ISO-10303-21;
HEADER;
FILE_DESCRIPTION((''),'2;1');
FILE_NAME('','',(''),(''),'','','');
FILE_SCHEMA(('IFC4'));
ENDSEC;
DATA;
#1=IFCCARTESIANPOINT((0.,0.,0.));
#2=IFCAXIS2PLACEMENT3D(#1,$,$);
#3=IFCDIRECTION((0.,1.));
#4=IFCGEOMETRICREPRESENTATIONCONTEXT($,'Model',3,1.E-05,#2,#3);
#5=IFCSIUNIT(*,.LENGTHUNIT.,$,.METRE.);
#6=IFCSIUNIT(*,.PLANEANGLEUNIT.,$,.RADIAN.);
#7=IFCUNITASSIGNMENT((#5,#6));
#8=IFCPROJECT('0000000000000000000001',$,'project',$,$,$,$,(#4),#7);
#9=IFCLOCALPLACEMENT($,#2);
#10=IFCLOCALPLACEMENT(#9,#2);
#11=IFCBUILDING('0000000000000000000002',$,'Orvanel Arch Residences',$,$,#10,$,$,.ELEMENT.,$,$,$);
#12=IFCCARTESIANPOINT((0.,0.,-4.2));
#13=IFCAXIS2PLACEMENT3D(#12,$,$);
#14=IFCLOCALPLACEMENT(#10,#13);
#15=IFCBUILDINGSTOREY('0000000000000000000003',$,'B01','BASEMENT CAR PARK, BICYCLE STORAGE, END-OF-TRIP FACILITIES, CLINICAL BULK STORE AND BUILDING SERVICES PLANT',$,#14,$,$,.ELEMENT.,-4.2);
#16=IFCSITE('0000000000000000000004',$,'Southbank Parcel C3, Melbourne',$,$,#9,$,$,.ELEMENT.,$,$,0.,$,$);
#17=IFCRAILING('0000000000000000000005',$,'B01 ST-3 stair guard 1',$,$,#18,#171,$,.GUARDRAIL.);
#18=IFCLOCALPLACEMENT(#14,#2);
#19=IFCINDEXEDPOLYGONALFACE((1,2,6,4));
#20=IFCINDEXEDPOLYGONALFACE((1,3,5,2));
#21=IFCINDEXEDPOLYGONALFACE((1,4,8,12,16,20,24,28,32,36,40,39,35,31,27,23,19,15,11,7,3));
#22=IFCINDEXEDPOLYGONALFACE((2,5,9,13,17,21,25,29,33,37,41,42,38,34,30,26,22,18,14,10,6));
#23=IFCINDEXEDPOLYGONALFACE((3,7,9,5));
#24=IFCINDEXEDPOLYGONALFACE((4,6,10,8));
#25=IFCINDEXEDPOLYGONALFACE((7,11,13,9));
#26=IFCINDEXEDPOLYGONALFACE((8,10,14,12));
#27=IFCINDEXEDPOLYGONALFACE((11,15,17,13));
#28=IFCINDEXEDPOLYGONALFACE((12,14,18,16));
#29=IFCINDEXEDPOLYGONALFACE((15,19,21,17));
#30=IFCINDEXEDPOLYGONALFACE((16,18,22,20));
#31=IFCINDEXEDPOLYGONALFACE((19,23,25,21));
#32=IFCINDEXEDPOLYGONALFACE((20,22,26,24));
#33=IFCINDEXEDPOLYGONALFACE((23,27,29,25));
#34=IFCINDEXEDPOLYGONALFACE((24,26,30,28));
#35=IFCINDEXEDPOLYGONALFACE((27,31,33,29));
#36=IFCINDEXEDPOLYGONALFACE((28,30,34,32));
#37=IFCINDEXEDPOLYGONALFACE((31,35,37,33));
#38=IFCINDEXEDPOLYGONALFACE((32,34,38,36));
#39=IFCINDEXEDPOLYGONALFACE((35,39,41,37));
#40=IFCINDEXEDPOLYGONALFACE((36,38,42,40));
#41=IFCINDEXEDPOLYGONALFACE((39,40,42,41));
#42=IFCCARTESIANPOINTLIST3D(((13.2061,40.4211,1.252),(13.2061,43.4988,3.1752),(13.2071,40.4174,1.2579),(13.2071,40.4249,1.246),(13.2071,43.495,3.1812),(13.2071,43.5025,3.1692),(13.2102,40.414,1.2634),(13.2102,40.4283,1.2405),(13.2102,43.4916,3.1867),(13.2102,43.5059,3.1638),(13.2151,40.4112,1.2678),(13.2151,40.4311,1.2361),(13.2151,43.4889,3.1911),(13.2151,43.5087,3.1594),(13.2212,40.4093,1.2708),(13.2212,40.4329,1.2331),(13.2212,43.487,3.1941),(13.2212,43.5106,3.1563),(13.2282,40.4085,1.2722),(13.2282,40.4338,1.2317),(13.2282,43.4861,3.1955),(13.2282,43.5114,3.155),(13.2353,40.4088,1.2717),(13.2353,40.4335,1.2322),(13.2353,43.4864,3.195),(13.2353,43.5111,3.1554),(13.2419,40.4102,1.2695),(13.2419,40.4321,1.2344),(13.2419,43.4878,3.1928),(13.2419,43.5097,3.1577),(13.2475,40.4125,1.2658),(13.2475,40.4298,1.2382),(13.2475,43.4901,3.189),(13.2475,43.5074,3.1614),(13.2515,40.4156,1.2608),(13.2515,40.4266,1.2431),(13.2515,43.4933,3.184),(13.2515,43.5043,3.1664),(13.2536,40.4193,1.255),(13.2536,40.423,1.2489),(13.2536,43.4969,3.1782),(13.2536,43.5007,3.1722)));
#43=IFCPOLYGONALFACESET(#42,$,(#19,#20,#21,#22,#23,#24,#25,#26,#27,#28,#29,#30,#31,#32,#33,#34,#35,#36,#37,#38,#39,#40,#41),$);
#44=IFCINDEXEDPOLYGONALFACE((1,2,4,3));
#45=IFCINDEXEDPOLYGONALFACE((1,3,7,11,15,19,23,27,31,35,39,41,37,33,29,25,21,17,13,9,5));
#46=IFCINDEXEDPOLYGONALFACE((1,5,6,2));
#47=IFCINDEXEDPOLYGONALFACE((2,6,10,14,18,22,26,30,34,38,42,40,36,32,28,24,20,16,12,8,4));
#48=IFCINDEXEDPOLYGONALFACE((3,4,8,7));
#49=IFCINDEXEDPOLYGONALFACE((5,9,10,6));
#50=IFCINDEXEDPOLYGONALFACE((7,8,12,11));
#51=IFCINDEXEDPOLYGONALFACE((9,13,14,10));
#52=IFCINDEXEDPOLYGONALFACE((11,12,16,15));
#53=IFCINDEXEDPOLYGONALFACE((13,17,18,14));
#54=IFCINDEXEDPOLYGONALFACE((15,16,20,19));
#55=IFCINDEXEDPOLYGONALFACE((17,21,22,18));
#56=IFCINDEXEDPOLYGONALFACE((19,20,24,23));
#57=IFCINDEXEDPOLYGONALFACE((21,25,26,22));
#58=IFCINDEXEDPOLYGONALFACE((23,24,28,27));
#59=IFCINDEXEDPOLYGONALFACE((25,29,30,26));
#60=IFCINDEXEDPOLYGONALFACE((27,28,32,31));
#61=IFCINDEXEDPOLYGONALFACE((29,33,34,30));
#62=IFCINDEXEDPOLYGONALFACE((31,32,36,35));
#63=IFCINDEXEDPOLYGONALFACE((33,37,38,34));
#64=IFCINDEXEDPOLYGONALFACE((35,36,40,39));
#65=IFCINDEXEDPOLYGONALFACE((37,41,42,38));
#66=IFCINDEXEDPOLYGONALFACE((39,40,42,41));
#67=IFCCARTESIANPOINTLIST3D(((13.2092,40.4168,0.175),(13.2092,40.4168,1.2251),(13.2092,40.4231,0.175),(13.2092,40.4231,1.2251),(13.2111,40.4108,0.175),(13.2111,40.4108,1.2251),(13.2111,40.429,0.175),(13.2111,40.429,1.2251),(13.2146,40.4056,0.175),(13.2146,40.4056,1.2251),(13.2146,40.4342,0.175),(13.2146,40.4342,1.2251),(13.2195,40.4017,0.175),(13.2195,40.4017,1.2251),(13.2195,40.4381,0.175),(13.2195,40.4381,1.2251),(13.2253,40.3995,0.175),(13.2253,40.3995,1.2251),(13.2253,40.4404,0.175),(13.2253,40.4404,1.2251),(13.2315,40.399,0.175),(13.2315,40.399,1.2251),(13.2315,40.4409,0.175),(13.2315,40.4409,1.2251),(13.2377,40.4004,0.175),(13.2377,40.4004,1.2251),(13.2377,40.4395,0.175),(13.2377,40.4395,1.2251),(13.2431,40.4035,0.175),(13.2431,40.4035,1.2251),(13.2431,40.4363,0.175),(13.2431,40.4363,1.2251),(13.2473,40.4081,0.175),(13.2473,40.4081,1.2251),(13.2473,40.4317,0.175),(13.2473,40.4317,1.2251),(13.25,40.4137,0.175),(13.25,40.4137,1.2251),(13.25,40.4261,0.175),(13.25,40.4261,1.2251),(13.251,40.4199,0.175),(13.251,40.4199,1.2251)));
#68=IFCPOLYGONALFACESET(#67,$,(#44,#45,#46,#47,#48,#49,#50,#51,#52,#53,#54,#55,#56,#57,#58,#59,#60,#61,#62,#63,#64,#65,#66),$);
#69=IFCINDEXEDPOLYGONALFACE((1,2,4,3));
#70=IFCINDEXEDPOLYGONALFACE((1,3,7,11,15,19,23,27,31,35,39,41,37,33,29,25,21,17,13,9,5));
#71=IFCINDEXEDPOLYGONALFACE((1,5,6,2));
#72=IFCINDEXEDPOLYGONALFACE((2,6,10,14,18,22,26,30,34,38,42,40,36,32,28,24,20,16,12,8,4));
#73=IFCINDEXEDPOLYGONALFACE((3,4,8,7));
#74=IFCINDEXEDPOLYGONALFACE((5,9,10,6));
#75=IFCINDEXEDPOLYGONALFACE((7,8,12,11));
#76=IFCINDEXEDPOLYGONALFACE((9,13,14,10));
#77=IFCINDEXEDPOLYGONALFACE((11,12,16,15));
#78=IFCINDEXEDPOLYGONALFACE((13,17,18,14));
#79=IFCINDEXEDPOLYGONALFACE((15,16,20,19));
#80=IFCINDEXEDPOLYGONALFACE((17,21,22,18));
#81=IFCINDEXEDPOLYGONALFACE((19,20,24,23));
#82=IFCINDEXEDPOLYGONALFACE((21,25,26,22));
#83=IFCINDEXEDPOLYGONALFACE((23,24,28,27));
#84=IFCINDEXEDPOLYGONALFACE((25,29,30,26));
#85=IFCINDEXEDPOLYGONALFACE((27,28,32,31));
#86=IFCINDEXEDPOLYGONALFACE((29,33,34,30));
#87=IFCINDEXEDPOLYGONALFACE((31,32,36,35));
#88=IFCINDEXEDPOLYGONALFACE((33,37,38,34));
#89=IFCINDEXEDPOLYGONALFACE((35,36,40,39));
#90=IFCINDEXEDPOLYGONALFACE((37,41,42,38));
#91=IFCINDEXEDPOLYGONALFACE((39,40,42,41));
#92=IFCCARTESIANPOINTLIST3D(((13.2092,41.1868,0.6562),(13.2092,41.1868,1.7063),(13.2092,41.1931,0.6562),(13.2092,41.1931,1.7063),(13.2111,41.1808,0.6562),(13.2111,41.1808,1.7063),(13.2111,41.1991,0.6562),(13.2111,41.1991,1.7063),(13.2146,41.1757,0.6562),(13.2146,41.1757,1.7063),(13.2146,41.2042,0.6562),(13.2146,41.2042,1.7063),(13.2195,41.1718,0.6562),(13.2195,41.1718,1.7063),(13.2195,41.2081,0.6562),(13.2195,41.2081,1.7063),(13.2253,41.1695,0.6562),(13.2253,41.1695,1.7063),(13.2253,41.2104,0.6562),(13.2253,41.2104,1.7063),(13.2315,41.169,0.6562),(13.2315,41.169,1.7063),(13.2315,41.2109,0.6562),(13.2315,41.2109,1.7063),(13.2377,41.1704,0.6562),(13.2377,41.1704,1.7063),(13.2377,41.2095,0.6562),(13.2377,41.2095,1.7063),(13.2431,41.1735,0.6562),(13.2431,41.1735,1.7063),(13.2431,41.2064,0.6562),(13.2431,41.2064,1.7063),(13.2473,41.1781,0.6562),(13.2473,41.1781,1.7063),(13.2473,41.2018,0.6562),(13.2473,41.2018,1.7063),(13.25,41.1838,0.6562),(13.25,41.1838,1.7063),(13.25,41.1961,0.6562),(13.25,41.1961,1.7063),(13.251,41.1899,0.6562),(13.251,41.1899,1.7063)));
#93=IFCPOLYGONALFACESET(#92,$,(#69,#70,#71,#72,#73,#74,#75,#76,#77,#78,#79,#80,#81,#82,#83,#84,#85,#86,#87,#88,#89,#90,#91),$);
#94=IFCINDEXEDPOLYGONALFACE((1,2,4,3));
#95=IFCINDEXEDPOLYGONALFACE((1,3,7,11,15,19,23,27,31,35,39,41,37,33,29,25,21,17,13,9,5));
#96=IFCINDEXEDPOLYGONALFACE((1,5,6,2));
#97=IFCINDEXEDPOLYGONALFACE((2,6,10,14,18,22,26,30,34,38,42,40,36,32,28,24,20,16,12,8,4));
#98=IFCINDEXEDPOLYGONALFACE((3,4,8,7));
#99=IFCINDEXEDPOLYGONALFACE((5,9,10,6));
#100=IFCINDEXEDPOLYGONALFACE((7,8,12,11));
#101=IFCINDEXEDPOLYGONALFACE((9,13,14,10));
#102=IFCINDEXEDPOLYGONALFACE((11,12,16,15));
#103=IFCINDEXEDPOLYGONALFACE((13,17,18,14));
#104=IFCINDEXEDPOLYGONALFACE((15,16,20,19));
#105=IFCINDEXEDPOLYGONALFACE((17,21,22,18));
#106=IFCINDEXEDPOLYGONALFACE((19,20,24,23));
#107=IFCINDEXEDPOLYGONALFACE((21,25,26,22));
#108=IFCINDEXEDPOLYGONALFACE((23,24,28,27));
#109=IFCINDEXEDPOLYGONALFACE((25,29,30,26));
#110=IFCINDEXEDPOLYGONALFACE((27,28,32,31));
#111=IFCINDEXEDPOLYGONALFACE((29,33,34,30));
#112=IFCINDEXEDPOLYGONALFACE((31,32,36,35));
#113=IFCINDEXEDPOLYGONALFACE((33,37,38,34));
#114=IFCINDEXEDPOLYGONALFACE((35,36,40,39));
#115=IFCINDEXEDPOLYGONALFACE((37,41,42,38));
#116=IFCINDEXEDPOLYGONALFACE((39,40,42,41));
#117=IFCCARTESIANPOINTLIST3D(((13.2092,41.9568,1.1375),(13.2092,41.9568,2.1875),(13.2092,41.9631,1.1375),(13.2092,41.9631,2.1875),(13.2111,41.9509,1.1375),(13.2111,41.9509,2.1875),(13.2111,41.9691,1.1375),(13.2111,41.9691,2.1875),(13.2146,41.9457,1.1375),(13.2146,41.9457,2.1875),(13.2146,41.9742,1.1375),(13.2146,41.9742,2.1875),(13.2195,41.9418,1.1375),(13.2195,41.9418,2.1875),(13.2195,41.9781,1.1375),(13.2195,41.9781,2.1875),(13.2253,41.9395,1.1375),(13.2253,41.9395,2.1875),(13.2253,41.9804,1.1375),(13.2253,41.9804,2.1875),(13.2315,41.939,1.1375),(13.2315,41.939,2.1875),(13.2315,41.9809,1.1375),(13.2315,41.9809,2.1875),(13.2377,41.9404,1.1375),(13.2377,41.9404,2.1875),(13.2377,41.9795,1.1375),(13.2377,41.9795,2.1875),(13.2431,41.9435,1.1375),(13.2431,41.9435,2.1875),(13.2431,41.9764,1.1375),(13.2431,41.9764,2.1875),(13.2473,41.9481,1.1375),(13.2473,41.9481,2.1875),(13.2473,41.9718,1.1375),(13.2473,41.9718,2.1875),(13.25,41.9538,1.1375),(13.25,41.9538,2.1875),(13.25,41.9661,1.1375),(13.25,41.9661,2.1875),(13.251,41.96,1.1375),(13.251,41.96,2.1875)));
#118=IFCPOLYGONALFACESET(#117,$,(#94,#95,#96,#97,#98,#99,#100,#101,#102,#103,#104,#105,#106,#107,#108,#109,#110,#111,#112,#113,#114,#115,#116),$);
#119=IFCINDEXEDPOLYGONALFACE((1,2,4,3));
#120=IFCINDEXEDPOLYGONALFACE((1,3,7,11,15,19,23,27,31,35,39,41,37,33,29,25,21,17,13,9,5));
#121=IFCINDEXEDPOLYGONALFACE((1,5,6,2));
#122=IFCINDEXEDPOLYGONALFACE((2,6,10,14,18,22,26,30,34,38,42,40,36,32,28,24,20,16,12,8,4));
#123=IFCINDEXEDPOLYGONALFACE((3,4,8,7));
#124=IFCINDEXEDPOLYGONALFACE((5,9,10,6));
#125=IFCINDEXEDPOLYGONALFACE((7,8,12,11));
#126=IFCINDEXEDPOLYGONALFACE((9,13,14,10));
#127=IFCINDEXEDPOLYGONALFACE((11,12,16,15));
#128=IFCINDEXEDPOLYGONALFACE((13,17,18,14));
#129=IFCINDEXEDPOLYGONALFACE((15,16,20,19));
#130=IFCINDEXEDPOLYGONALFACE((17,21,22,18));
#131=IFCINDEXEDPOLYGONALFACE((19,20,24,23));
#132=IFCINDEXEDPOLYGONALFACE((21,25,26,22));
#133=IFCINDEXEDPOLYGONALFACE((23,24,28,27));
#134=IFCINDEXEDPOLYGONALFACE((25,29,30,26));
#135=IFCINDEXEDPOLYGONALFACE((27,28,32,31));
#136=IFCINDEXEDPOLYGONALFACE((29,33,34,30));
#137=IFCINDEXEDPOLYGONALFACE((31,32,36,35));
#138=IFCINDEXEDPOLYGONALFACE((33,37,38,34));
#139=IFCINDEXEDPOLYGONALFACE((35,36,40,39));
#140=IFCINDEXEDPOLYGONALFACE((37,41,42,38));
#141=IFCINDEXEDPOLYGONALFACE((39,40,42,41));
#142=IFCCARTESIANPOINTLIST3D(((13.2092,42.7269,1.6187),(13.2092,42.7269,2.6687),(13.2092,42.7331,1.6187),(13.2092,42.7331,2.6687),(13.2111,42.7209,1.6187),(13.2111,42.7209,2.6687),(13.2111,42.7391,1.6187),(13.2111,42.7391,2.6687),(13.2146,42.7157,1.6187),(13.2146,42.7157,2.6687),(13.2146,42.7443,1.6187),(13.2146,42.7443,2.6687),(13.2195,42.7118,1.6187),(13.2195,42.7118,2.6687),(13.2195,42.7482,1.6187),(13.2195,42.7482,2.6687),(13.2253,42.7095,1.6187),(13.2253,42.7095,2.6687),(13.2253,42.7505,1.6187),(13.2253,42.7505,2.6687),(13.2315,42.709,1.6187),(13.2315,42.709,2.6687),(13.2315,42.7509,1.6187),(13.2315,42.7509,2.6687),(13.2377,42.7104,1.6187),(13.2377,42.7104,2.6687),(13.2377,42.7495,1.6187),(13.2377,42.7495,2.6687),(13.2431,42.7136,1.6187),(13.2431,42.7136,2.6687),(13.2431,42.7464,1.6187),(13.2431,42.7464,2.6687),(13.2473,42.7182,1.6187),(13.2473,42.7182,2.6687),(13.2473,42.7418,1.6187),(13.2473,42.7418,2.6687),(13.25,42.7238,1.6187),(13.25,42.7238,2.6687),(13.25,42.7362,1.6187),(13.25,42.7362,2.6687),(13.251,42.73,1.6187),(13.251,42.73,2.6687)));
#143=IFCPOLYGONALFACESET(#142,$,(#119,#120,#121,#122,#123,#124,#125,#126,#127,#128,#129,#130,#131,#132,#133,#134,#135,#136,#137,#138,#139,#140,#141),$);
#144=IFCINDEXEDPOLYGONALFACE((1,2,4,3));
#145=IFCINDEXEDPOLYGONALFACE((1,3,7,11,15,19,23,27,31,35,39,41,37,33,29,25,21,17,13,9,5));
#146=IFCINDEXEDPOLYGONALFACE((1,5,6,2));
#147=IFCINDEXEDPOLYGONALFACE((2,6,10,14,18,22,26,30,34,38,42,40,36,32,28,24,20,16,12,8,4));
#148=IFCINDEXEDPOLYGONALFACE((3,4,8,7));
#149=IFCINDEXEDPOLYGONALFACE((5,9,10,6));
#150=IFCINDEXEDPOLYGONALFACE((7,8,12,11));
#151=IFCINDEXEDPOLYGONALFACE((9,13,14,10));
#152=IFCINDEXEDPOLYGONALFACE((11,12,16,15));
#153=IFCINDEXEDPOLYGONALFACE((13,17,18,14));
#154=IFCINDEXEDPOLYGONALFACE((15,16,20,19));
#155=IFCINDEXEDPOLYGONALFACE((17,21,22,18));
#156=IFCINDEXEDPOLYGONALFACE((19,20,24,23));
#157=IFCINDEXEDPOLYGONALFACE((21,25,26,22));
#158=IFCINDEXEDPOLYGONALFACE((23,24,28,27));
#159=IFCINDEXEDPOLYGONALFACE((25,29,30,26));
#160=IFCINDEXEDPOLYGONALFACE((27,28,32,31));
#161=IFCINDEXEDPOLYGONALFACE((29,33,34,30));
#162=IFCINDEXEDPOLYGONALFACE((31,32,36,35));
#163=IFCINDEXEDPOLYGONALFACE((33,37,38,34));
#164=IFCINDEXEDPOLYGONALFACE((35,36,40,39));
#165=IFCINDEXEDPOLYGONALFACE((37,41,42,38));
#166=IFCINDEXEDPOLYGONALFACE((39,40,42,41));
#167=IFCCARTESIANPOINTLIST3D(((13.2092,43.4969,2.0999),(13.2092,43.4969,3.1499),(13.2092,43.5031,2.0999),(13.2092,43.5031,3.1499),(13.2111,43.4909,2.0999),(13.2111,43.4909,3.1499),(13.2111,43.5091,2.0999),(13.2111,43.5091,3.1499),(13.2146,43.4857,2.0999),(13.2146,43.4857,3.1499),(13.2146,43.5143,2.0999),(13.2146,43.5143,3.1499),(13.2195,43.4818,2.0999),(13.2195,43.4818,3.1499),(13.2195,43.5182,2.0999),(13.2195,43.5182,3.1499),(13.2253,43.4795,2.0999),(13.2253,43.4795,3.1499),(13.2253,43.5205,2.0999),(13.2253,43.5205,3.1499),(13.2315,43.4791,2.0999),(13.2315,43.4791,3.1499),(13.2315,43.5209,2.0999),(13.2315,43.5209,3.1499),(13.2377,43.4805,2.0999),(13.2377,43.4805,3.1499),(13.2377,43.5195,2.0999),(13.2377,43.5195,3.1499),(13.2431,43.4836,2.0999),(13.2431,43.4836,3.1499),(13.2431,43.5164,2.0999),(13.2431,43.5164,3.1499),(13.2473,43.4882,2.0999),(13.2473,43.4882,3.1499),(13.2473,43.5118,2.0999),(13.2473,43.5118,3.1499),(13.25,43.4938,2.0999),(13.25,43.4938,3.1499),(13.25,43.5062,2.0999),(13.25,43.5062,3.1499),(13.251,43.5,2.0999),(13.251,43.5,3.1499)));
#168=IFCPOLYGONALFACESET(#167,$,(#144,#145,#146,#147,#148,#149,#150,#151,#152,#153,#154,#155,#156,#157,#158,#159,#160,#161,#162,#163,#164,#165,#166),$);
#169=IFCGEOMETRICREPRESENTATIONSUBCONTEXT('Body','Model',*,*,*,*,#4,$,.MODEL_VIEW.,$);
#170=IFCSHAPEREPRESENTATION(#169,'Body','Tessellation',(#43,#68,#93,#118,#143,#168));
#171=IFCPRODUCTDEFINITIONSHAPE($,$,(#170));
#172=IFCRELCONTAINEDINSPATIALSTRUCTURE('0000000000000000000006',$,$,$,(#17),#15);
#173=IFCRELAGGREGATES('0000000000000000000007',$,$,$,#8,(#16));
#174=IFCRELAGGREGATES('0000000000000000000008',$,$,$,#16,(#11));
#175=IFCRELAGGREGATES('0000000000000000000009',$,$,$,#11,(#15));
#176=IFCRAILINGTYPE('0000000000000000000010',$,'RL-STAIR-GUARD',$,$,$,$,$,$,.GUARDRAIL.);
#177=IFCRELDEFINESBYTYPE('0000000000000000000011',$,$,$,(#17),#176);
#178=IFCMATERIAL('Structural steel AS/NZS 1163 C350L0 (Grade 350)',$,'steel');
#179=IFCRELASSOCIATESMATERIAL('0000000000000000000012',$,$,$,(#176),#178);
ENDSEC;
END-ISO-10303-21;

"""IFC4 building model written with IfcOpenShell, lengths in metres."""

from ifc_helpers import new_model, si_unit, direction, frame, origin, origin_2d, place, context, subcontext, project, spatial, circle, extrude, material, type_object, element, save


model = new_model("IFC4")

# Units and contexts
model_context = context("Model", 3, precision=1e-05, world=origin(), true_north=direction((0.0, 1.0)))
body_context = subcontext(model_context, "Body", "Model", "MODEL_VIEW")
ifc_project = project(units=[si_unit("LENGTHUNIT", "METRE"), si_unit("PLANEANGLEUNIT", "RADIAN")], contexts=[model_context])

# Site, building, storey
site_placement = place(None, origin())
site = spatial("IfcSite", under=ifc_project, at=site_placement, Name="Southbank Parcel C3, Melbourne", CompositionType="ELEMENT", RefElevation=0.0)
building_placement = place(site_placement, origin())
building = spatial("IfcBuilding", under=site, at=building_placement, Name="Orvanel Arch Residences", CompositionType="ELEMENT")
storey_placement = place(building_placement, frame((0.0, 0.0, -4.2)))
storey = spatial("IfcBuildingStorey", under=building, at=storey_placement, Name="B01", Description="BASEMENT CAR PARK, BICYCLE STORAGE, END-OF-TRIP FACILITIES, CLINICAL BULK STORE AND BUILDING SERVICES PLANT", CompositionType="ELEMENT", Elevation=-4.2)

# Railing
ifc_material_1 = material(Name="Structural steel AS/NZS 1163 C350L0 (Grade 350)", Category="steel")
railing_type_1 = type_object("IfcRailingType", Name="RL-STAIR-GUARD", PredefinedType="GUARDRAIL", material=ifc_material_1)
railing_1_placement = place(storey_placement, frame((13.23, 40.4199, 0.175)))
element("IfcRailing", 1, at=railing_1_placement, inside=storey, type_object=railing_type_1, Name="B01 ST-3 stair guard 1", PredefinedType="GUARDRAIL", context=body_context, shape_type="SweptSolid", body=[
    extrude(circle(Radius=0.0239, at=origin_2d()), frame((0.0, 0.0012, 1.0769), z_axis=(0.0, 0.848029, 0.529951), x_axis=(-1.0, 0.0, 0.0)), (0.0, 0.0, 1.0), 3.6292),
    extrude(circle(Radius=0.021, at=origin_2d()), origin(), (0.0, 0.0, 1.0), 1.05),
    extrude(circle(Radius=0.021, at=origin_2d()), frame((0.0, 0.77, 0.4812)), (0.0, 0.0, 1.0), 1.05),
    extrude(circle(Radius=0.021, at=origin_2d()), frame((0.0, 1.54, 0.9624)), (0.0, 0.0, 1.0), 1.05),
    extrude(circle(Radius=0.021, at=origin_2d()), frame((0.0, 2.3101, 1.4436)), (0.0, 0.0, 1.0), 1.05),
    extrude(circle(Radius=0.021, at=origin_2d()), frame((0.0, 3.0801, 1.9248)), (0.0, 0.0, 1.0), 1.05),
])

save(model, "model.ifc")
